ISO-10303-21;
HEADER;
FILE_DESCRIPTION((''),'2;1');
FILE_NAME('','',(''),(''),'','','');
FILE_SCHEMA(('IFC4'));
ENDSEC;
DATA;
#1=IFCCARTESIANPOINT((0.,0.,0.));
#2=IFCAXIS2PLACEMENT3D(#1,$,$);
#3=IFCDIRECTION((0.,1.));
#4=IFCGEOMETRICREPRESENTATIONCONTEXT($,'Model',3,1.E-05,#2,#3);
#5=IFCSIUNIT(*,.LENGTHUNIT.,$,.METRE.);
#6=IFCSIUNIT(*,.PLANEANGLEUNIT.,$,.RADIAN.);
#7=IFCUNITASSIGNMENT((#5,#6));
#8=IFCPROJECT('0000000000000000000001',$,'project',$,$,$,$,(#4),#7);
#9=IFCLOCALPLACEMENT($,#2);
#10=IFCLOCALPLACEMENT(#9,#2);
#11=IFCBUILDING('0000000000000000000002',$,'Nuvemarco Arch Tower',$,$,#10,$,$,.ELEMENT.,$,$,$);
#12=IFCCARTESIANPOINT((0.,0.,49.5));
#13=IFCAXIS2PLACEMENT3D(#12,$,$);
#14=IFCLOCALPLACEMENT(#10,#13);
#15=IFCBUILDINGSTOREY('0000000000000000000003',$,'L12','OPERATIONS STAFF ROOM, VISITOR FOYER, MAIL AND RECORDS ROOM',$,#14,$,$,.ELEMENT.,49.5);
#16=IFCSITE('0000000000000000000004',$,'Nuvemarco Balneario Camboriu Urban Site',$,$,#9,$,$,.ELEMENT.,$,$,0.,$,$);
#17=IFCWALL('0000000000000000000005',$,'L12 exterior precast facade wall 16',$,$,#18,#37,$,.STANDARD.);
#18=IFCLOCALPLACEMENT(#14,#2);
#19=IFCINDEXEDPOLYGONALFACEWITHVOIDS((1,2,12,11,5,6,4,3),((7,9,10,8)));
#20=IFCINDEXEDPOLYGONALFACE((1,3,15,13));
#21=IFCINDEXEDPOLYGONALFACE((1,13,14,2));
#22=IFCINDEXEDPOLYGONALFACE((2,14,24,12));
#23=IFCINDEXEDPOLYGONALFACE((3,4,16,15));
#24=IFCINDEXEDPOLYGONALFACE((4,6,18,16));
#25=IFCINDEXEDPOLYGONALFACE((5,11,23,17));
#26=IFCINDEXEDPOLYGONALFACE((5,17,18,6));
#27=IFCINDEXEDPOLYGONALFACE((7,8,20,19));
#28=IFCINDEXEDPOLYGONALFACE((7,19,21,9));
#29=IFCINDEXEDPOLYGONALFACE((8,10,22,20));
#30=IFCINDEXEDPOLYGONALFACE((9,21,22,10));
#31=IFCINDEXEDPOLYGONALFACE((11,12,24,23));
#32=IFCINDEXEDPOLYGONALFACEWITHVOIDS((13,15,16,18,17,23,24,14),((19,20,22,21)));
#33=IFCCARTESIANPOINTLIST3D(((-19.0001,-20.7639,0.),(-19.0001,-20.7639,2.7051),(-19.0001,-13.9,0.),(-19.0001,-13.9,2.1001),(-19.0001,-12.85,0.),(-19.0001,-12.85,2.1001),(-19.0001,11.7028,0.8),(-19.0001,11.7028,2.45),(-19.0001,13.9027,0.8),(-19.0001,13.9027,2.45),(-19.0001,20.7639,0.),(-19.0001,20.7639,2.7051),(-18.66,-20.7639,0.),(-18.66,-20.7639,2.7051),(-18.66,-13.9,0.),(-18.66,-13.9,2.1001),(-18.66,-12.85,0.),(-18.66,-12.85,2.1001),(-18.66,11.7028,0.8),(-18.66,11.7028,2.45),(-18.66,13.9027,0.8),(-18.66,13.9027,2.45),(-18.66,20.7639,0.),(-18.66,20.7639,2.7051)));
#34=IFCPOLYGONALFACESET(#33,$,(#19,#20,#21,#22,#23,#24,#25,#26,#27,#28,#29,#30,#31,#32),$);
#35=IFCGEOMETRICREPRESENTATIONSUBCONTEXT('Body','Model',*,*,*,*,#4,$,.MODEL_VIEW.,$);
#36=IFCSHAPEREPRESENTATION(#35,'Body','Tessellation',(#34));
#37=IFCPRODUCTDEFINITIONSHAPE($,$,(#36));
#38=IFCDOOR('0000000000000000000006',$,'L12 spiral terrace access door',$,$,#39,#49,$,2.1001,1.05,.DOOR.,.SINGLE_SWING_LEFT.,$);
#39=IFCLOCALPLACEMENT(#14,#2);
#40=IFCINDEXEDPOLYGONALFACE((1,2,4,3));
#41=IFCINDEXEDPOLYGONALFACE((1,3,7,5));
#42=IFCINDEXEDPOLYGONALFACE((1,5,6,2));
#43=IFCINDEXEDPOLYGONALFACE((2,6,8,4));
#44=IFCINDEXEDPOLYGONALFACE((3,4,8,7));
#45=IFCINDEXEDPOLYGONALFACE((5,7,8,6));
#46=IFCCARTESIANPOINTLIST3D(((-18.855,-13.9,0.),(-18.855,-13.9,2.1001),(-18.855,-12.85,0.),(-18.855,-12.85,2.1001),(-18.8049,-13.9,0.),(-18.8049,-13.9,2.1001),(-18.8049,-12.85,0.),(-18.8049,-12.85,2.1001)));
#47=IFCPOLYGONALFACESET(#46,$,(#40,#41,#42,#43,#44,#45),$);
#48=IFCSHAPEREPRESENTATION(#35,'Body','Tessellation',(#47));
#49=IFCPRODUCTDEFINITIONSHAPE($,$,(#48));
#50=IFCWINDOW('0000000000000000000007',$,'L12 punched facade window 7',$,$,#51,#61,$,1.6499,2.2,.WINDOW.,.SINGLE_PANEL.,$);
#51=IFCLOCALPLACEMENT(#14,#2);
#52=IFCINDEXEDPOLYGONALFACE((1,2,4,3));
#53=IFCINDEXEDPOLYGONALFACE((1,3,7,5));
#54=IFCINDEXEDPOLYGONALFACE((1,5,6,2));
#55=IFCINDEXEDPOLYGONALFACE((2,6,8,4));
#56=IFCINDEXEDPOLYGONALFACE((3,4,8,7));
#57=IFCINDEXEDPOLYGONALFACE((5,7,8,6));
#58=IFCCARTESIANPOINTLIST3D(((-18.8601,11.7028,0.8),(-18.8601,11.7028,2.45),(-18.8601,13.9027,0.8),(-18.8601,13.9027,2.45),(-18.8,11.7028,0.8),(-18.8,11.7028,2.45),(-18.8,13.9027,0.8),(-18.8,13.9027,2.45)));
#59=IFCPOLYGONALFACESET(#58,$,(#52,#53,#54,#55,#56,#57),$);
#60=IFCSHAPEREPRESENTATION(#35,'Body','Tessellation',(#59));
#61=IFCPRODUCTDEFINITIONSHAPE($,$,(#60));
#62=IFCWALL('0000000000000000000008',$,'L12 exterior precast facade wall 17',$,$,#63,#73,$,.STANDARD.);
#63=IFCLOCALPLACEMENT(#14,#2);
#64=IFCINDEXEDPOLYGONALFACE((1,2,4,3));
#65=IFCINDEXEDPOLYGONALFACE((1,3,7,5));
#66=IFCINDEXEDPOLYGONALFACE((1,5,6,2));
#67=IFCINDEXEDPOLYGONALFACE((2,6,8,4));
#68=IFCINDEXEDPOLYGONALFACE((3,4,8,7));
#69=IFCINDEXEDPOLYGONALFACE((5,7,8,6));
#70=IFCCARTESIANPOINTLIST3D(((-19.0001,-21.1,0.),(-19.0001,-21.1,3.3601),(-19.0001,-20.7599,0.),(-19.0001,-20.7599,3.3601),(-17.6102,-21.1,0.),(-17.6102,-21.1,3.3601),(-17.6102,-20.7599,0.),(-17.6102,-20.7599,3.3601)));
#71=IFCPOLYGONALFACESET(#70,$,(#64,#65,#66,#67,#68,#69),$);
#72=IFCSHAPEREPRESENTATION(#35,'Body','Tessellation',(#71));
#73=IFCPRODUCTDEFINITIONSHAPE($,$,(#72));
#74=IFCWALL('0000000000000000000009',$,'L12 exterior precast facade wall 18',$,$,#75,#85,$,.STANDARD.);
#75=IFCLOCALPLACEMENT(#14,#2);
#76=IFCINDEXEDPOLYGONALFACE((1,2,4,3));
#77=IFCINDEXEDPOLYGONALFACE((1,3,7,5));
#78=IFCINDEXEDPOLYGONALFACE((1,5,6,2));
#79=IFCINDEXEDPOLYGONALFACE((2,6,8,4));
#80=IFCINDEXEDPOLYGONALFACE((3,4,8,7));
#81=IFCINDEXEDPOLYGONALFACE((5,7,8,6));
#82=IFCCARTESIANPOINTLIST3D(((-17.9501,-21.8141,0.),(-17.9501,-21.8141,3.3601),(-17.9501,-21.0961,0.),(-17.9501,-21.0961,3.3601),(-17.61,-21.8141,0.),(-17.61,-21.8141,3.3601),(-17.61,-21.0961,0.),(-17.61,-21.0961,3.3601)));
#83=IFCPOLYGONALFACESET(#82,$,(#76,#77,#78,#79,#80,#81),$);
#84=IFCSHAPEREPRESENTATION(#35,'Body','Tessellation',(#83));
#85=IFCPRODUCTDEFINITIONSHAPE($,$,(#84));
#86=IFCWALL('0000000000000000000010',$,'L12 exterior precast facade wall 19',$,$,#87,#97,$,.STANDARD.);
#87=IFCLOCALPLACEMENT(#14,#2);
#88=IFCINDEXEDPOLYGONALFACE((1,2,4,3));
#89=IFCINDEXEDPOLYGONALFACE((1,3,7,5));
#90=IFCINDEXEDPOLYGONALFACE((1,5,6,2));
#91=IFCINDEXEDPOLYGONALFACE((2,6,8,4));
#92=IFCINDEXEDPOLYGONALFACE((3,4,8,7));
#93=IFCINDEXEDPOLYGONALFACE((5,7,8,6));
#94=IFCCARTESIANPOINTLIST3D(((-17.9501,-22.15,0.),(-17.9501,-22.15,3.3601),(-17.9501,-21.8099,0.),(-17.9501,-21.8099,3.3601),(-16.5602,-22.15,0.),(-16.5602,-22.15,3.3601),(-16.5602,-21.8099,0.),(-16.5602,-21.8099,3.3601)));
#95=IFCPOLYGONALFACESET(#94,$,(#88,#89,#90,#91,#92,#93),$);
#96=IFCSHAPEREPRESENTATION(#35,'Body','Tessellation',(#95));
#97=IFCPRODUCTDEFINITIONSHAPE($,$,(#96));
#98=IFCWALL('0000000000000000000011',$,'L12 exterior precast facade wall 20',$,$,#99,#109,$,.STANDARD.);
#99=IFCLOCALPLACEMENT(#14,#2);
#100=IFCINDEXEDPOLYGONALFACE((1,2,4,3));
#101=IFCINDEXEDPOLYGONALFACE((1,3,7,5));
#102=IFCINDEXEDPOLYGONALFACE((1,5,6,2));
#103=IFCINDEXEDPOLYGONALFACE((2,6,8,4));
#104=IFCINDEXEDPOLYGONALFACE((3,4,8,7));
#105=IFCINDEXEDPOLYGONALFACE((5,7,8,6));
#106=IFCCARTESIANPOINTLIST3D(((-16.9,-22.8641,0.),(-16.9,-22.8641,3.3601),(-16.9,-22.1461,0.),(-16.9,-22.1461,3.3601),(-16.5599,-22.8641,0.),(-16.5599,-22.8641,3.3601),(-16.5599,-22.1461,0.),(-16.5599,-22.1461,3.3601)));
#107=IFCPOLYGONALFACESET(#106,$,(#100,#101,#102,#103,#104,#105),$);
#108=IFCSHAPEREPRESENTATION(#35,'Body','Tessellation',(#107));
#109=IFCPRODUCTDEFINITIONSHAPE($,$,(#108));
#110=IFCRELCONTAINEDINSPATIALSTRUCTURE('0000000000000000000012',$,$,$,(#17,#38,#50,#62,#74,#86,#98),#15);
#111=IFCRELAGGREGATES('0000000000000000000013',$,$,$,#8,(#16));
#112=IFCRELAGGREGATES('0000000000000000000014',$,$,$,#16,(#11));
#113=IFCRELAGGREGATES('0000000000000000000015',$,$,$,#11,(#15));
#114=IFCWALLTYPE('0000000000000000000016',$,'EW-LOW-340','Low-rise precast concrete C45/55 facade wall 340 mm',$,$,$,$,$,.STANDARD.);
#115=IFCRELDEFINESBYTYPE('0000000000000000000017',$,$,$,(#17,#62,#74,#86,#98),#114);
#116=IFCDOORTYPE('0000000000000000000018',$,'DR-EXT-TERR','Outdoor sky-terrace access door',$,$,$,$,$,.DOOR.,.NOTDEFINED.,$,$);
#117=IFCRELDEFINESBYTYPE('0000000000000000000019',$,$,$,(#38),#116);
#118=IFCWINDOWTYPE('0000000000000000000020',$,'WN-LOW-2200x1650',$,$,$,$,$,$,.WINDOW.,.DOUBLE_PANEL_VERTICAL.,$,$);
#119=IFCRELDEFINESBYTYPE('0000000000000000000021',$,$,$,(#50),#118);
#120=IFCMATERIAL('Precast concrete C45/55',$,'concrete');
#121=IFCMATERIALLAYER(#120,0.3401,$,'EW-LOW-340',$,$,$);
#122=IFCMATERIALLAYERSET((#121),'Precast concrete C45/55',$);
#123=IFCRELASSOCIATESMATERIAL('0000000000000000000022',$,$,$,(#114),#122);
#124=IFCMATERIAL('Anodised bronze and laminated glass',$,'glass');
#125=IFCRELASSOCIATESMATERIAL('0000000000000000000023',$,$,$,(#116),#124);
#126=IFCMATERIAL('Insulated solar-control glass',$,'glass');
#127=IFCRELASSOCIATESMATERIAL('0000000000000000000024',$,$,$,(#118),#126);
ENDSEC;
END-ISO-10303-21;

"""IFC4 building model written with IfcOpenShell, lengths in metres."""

from ifc_helpers import new_model, si_unit, direction, frame, frame_2d, origin, place, context, subcontext, project, spatial, rectangle, extrude, source, transform, mapped, material, layer, layer_set, type_object, type_shapes, element, fill, save


model = new_model("IFC4")

# Units and contexts
model_context = context("Model", 3, precision=1e-05, world=origin(), true_north=direction((0.0, 1.0)))
body_context = subcontext(model_context, "Body", "Model", "MODEL_VIEW")
ifc_project = project(units=[si_unit("LENGTHUNIT", "METRE"), si_unit("PLANEANGLEUNIT", "RADIAN")], contexts=[model_context])

# Site, building, storey
site_placement = place(None, origin())
site = spatial("IfcSite", under=ifc_project, at=site_placement, Name="Nuvemarco Balneario Camboriu Urban Site", CompositionType="ELEMENT", RefElevation=0.0)
building_placement = place(site_placement, origin())
building = spatial("IfcBuilding", under=site, at=building_placement, Name="Nuvemarco Arch Tower", CompositionType="ELEMENT")
storey_placement = place(building_placement, frame((0.0, 0.0, 49.5)))
storey = spatial("IfcBuildingStorey", under=building, at=storey_placement, Name="L12", Description="OPERATIONS STAFF ROOM, VISITOR FOYER, MAIL AND RECORDS ROOM", CompositionType="ELEMENT", Elevation=49.5)

# Shared definitions
ifc_material_1 = material(Name="Precast concrete C45/55", Category="concrete")

# Shared definitions
ifc_layer_1 = layer(ifc_material_1, 0.3401, Name="EW-LOW-340")
ifc_layer_set_1 = layer_set([ifc_layer_1], Name="Precast concrete C45/55")
wall_type = type_object("IfcWallType", Name="EW-LOW-340", Description="Low-rise precast concrete C45/55 facade wall 340 mm", PredefinedType="STANDARD", material=ifc_layer_set_1)
ifc_material_2 = material(Name="Insulated solar-control glass", Category="glass")

# Wall, openings, door, window
wall_1_placement = place(storey_placement, frame((-18.8301, -20.7639, 0.0), z_axis=(0.0, 0.0, 1.0), x_axis=(0.0, 1.0, 0.0)))
wall_1 = element("IfcWall", 1, at=wall_1_placement, inside=storey, type_object=wall_type, Name="L12 exterior precast facade wall 16", PredefinedType="STANDARD", context=body_context, shape_type="SweptSolid", body=[
    extrude(rectangle(XDim=41.5278, YDim=0.3401, at=frame_2d((20.7639, 0.0))), origin(), (0.0, 0.0, 1.0), 2.7051),
])
opening_1_placement = place(wall_1_placement, frame((6.864, 0.0, 0.0)))
opening_1 = element("IfcOpeningElement", 2, at=opening_1_placement, cuts=wall_1, PredefinedType="OPENING", context=body_context, shape_type="SweptSolid", body=[
    extrude(rectangle(XDim=1.05, YDim=2.1001, at=frame_2d((0.5249, 1.05))), frame((0.0, 0.1799, 0.0), z_axis=(0.0, -1.0, 0.0), x_axis=(1.0, 0.0, 0.0)), (0.0, 0.0, 1.0), 0.3601),
])
opening_2_placement = place(wall_1_placement, frame((32.4666, 0.0, 0.8)))
opening_2 = element("IfcOpeningElement", 3, at=opening_2_placement, cuts=wall_1, PredefinedType="OPENING", context=body_context, shape_type="SweptSolid", body=[
    extrude(rectangle(XDim=2.2, YDim=1.6499, at=frame_2d((1.1001, 0.825))), frame((0.0, 0.1799, 0.0), z_axis=(0.0, -1.0, 0.0), x_axis=(1.0, 0.0, 0.0)), (0.0, 0.0, 1.0), 0.3601),
])
ifc_material_3 = material(Name="Anodised bronze and laminated glass", Category="glass")
door_type = type_object("IfcDoorType", Name="DR-EXT-TERR", Description="Outdoor sky-terrace access door", OperationType="NOTDEFINED", PredefinedType="DOOR", material=ifc_material_3)
shared_shape_1 = source(origin(), body_context, "Body", "SweptSolid", [
    extrude(rectangle(XDim=1.05, YDim=2.1001, at=frame_2d((0.5249, 1.05))), frame((0.0, 0.0249, 0.0), z_axis=(0.0, -1.0, 0.0), x_axis=(1.0, 0.0, 0.0)), (0.0, 0.0, 1.0), 0.05),
])
type_shapes(door_type, [shared_shape_1])
door_placement = place(opening_1_placement, origin())
door = element("IfcDoor", 4, at=door_placement, inside=storey, type_object=door_type, Name="L12 spiral terrace access door", OperationType="SINGLE_SWING_LEFT", OverallHeight=2.1001, OverallWidth=1.05, PredefinedType="DOOR", context=body_context, shape_type="MappedRepresentation", body=[
    mapped(shared_shape_1, transform((0.0, 0.0, 0.0), scale=1.0)),
])
fill(opening_1, door)
window_type_1 = type_object("IfcWindowType", Name="WN-LOW-2200x1650", PartitioningType="DOUBLE_PANEL_VERTICAL", PredefinedType="WINDOW", material=ifc_material_2)
shared_shape_2 = source(origin(), body_context, "Body", "SweptSolid", [
    extrude(rectangle(XDim=2.2, YDim=1.6499, at=frame_2d((1.1001, 0.825))), frame((0.0, 0.03, 0.0), z_axis=(0.0, -1.0, 0.0), x_axis=(1.0, 0.0, 0.0)), (0.0, 0.0, 1.0), 0.0601),
])
type_shapes(window_type_1, [shared_shape_2])
window_1_placement = place(opening_2_placement, origin())
window_1 = element("IfcWindow", 5, at=window_1_placement, inside=storey, type_object=window_type_1, Name="L12 punched facade window 7", OverallHeight=1.6499, OverallWidth=2.2, PartitioningType="SINGLE_PANEL", PredefinedType="WINDOW", context=body_context, shape_type="MappedRepresentation", body=[
    mapped(shared_shape_2, transform((0.0, 0.0, 0.0), scale=1.0)),
])
fill(opening_2, window_1)

# Walls
wall_2_placement = place(storey_placement, frame((-19.0, -20.9299, 0.0), z_axis=(0.0, 0.0, 1.0), x_axis=(1.0, 0.0, 0.0)))
element("IfcWall", 6, at=wall_2_placement, inside=storey, type_object=wall_type, Name="L12 exterior precast facade wall 17", PredefinedType="STANDARD", context=body_context, shape_type="SweptSolid", body=[
    extrude(rectangle(XDim=1.3899, YDim=0.3401, at=frame_2d((0.6948, 0.0))), origin(), (0.0, 0.0, 1.0), 3.3601),
])
wall_3_placement = place(storey_placement, frame((-17.78, -21.814, 0.0), z_axis=(0.0, 0.0, 1.0), x_axis=(0.0, 1.0, 0.0)))
element("IfcWall", 7, at=wall_3_placement, inside=storey, type_object=wall_type, Name="L12 exterior precast facade wall 18", PredefinedType="STANDARD", context=body_context, shape_type="SweptSolid", body=[
    extrude(rectangle(XDim=0.718, YDim=0.3401, at=frame_2d((0.3589, 0.0))), origin(), (0.0, 0.0, 1.0), 3.3601),
])
wall_4_placement = place(storey_placement, frame((-17.95, -21.98, 0.0), z_axis=(0.0, 0.0, 1.0), x_axis=(1.0, 0.0, 0.0)))
element("IfcWall", 8, at=wall_4_placement, inside=storey, type_object=wall_type, Name="L12 exterior precast facade wall 19", PredefinedType="STANDARD", context=body_context, shape_type="SweptSolid", body=[
    extrude(rectangle(XDim=1.3899, YDim=0.3401, at=frame_2d((0.6948, 0.0))), origin(), (0.0, 0.0, 1.0), 3.3601),
])
wall_5_placement = place(storey_placement, frame((-16.73, -22.864, 0.0), z_axis=(0.0, 0.0, 1.0), x_axis=(0.0, 1.0, 0.0)))
element("IfcWall", 9, at=wall_5_placement, inside=storey, type_object=wall_type, Name="L12 exterior precast facade wall 20", PredefinedType="STANDARD", context=body_context, shape_type="SweptSolid", body=[
    extrude(rectangle(XDim=0.718, YDim=0.3401, at=frame_2d((0.3589, 0.0))), origin(), (0.0, 0.0, 1.0), 3.3601),
])

save(model, "model.ifc")
